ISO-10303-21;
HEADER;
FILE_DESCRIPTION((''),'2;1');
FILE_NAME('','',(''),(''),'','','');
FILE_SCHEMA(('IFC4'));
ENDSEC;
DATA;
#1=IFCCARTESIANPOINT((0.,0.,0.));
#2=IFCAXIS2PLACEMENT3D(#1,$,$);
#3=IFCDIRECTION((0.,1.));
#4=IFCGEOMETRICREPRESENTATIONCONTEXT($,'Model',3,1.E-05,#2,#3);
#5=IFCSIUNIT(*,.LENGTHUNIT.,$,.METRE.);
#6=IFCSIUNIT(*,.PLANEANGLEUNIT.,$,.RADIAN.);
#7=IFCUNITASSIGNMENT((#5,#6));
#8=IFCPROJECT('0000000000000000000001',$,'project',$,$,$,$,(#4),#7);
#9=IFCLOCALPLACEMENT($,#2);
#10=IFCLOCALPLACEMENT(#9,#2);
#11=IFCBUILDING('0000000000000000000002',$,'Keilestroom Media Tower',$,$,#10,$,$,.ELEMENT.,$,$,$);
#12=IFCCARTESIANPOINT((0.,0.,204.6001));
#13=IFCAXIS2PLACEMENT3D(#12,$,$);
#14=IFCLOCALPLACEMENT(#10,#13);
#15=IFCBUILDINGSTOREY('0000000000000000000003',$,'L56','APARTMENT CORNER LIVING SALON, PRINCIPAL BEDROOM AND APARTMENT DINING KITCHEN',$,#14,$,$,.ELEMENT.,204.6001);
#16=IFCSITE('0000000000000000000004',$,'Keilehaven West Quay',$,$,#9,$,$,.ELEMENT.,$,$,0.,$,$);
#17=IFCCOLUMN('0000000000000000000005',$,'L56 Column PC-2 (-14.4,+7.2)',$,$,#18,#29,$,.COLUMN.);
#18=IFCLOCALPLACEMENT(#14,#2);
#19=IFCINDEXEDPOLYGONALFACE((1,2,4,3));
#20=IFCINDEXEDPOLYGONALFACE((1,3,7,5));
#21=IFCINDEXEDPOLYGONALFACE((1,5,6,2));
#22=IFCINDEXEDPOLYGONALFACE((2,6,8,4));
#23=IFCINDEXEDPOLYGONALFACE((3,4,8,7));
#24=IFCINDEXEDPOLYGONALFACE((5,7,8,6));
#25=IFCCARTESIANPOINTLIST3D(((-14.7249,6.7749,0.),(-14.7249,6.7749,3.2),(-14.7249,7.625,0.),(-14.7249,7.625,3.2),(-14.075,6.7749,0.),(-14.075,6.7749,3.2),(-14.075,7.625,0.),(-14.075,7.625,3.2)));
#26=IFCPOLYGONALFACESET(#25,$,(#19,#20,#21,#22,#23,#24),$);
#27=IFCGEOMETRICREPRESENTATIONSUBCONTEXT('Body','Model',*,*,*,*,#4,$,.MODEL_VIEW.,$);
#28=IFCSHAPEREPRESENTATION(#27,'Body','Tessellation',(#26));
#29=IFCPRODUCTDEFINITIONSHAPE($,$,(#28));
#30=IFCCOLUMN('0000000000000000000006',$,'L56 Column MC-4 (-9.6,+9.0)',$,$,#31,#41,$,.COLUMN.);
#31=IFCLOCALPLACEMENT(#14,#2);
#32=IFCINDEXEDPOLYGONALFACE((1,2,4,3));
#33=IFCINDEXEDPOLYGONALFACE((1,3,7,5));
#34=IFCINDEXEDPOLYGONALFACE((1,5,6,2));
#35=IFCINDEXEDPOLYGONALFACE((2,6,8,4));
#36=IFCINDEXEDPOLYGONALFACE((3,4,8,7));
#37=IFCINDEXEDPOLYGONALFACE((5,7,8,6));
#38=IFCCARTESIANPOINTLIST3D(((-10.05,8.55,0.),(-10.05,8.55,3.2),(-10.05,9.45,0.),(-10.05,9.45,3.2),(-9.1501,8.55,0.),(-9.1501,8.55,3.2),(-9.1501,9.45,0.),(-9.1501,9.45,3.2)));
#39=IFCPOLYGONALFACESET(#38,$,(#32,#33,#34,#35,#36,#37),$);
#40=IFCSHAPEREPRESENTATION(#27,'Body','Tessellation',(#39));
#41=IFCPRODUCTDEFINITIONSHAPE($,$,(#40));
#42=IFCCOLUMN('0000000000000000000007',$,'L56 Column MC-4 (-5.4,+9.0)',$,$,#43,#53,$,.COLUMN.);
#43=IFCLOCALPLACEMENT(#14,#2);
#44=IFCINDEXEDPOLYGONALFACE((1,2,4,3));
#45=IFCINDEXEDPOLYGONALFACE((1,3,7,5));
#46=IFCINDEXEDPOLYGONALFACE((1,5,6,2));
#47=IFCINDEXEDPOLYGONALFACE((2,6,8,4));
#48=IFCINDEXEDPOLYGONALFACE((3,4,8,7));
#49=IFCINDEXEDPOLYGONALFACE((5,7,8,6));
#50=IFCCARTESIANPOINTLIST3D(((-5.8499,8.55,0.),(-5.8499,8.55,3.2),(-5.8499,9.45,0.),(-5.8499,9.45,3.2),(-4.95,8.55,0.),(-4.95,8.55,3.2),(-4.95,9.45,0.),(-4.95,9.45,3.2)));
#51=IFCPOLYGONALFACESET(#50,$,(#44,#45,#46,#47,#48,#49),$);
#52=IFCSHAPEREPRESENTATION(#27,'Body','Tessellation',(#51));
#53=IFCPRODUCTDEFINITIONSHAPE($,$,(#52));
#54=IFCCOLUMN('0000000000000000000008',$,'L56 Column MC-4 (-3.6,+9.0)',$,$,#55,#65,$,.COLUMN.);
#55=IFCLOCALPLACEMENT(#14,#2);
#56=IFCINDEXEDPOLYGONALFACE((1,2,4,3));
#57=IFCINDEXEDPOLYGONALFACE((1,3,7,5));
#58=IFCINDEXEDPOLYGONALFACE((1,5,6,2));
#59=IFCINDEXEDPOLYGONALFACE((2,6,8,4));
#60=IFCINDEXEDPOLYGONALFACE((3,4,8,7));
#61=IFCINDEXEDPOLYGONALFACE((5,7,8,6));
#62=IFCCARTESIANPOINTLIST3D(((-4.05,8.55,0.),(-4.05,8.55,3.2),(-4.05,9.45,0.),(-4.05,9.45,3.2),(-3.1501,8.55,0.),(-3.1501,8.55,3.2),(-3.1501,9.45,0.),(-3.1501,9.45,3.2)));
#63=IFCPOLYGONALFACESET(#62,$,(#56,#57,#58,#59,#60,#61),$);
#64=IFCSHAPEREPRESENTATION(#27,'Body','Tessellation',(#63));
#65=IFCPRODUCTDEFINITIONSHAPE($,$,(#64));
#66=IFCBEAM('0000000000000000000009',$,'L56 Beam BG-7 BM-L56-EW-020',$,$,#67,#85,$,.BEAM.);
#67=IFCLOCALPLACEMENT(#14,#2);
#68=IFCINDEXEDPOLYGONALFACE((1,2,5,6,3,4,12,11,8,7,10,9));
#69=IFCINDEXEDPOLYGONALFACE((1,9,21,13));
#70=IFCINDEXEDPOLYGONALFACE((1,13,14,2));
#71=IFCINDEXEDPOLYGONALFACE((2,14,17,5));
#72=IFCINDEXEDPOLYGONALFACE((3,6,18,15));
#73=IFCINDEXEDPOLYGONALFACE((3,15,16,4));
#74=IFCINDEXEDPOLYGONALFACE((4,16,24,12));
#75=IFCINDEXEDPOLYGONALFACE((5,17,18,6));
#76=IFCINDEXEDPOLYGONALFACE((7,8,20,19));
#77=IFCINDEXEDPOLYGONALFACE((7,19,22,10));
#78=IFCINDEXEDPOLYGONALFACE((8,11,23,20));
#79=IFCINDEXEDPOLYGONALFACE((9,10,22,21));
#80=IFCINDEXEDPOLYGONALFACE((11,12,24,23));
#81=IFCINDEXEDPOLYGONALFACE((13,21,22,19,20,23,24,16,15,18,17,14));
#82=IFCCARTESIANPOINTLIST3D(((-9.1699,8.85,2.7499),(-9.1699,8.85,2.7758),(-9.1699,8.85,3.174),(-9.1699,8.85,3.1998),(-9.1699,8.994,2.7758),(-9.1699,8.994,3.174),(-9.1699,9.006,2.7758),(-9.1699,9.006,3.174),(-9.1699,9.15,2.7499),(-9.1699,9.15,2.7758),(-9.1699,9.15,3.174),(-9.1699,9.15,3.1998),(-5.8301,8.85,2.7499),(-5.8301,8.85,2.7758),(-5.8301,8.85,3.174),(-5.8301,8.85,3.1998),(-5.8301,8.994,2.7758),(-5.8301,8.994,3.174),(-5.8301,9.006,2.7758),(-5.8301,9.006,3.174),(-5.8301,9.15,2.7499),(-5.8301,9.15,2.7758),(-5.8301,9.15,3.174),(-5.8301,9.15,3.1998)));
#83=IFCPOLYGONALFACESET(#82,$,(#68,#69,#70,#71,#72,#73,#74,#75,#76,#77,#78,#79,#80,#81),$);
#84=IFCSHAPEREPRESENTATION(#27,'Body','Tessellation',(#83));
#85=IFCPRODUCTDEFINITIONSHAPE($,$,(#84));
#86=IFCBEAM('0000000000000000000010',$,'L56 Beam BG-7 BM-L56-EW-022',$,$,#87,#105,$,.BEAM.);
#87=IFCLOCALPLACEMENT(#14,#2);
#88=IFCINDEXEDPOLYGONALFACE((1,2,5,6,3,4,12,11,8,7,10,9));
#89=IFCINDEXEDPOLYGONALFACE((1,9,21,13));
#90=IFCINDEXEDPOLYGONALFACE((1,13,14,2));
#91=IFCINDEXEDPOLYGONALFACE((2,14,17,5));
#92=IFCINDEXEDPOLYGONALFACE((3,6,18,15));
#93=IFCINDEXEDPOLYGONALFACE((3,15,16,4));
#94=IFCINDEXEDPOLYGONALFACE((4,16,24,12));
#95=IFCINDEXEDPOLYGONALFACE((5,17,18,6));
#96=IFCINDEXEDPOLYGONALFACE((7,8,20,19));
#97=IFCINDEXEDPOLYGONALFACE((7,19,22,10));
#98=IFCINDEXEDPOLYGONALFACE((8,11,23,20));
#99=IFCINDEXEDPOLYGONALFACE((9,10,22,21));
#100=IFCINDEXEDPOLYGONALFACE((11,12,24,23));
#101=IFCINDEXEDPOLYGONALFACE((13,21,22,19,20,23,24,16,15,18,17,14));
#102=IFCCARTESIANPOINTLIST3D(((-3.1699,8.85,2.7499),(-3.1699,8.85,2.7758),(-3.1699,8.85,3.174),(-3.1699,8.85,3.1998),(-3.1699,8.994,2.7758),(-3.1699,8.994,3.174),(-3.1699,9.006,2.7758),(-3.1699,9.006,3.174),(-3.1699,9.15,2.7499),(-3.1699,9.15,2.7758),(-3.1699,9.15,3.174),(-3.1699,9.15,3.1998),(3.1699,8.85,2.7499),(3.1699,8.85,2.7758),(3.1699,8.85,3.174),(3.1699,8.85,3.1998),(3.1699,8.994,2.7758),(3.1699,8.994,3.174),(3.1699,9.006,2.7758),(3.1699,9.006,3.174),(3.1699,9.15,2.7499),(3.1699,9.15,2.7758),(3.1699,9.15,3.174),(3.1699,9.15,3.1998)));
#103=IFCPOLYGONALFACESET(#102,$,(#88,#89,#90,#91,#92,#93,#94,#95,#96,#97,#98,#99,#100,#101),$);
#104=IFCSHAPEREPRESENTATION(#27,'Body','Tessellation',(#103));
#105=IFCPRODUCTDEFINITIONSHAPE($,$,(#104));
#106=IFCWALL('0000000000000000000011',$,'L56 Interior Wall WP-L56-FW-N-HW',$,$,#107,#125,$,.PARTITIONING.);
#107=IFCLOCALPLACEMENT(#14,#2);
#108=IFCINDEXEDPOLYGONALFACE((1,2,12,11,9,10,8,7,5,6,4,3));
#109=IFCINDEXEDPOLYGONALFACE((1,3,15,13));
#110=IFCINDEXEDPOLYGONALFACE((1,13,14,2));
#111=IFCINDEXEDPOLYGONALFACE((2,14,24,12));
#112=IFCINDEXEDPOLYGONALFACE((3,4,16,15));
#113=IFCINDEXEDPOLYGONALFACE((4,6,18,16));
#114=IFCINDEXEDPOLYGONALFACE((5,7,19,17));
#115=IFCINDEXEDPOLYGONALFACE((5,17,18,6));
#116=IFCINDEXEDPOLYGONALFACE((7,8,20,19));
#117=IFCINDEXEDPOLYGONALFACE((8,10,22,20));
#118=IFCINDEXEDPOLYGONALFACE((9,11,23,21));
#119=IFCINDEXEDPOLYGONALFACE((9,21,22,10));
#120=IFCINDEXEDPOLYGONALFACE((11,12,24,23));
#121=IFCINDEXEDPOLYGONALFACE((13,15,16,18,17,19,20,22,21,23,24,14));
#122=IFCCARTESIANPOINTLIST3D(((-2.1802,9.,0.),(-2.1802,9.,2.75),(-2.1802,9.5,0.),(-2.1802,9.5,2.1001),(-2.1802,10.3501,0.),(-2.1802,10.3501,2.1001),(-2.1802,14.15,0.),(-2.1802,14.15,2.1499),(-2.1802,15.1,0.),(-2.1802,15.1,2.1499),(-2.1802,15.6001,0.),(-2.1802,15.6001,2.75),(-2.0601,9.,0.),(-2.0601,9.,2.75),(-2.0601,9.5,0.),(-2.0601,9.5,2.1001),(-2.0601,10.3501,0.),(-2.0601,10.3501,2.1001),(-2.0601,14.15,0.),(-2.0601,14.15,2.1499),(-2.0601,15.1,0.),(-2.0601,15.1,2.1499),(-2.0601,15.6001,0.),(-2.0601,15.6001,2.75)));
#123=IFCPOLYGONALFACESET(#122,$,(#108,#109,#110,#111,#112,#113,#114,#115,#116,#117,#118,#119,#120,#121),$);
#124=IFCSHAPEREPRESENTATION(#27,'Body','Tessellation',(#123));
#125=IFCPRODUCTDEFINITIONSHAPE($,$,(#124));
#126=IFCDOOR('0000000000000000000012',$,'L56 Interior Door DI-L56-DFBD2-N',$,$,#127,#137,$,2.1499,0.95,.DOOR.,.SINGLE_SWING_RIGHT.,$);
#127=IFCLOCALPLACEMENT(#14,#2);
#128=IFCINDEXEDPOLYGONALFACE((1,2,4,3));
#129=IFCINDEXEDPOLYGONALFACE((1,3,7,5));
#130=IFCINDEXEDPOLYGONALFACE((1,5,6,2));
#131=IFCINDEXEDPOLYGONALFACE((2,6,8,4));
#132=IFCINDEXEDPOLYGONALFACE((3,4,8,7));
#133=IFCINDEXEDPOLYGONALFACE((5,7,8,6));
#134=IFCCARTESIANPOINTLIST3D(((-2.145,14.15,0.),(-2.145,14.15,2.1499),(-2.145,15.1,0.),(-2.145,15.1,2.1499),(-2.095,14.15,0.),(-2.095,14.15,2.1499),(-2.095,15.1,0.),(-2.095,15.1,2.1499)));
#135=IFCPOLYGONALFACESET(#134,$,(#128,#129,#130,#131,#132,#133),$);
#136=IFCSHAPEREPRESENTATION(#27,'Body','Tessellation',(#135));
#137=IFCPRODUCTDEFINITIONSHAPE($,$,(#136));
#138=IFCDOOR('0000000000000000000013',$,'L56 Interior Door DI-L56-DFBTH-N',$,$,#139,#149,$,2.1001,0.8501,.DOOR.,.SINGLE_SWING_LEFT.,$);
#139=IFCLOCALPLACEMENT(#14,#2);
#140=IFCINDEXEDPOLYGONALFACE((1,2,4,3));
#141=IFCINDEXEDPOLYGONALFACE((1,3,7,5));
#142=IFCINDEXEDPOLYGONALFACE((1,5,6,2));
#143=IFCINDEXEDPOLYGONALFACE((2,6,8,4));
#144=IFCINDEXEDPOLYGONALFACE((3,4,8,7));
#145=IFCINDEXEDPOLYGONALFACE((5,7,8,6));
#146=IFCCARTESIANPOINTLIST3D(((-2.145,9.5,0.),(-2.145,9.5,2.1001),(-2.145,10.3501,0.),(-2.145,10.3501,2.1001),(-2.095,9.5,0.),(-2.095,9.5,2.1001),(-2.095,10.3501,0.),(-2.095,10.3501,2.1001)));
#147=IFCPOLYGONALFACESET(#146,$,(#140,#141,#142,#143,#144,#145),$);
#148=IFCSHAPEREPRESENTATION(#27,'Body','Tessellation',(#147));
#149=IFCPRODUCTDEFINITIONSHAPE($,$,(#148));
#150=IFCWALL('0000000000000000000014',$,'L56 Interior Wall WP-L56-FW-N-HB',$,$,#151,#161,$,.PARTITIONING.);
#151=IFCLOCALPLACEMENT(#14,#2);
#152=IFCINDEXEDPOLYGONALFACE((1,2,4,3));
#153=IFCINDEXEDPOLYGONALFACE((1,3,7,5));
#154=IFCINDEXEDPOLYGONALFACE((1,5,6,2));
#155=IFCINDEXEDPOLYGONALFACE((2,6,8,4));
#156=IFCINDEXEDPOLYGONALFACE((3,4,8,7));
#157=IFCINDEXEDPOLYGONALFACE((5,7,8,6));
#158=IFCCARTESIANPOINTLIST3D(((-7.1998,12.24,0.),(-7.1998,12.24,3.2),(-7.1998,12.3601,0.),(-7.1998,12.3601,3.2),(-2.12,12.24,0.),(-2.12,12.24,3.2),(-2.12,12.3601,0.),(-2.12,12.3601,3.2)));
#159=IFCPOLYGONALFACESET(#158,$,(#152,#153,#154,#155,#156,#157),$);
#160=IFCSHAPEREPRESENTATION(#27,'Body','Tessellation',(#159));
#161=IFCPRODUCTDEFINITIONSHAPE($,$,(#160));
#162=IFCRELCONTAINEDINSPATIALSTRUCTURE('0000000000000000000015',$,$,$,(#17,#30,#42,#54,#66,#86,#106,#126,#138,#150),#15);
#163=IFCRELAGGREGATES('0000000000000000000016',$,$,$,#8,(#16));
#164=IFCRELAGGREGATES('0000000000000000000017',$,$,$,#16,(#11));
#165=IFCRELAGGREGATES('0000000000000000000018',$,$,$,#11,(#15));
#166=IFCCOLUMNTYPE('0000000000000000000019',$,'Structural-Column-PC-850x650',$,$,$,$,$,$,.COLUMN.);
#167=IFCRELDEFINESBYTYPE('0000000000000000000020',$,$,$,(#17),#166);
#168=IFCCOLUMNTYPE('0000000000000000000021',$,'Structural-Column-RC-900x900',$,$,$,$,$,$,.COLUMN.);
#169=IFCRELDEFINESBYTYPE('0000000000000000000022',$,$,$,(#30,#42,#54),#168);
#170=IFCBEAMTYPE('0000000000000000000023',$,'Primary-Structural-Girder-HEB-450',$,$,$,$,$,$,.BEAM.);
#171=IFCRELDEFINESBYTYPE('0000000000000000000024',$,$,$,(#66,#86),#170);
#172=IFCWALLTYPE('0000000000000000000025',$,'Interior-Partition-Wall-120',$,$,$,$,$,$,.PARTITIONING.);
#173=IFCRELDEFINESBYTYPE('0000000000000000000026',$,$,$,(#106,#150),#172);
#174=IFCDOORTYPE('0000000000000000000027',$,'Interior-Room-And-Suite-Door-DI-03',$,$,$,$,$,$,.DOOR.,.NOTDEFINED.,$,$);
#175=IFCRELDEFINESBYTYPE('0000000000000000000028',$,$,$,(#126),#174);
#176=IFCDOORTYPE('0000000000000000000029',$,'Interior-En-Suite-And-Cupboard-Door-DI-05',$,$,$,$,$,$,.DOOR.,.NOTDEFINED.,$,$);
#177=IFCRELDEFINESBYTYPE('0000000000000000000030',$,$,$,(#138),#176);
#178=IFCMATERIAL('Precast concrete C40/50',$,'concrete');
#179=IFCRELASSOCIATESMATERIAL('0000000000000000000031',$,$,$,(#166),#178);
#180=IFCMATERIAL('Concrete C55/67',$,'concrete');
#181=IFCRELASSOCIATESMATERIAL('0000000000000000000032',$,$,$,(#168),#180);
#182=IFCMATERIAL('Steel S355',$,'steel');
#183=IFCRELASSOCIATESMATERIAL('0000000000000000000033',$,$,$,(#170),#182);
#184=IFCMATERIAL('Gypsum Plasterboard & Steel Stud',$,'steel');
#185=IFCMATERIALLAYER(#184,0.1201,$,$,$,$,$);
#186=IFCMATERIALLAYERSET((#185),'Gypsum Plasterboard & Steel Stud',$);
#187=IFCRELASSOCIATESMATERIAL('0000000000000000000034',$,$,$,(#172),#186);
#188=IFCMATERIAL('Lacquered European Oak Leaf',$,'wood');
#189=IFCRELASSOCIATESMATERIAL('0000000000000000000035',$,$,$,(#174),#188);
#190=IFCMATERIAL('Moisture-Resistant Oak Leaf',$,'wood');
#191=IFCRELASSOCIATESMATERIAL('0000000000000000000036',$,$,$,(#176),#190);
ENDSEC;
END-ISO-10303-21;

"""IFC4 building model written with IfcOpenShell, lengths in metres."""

from ifc_helpers import new_model, si_unit, direction, frame, frame_2d, origin, origin_2d, place, context, subcontext, project, spatial, rectangle, i_section, extrude, source, transform, mapped, material, layer, layer_set, material_profile, profile_set, type_object, element, fill, save


model = new_model("IFC4")

# Units and contexts
model_context = context("Model", 3, precision=1e-05, world=origin(), true_north=direction((0.0, 1.0)))
body_context = subcontext(model_context, "Body", "Model", "MODEL_VIEW")
ifc_project = project(units=[si_unit("LENGTHUNIT", "METRE"), si_unit("PLANEANGLEUNIT", "RADIAN")], contexts=[model_context])

# Site, building, storey
site_placement = place(None, origin())
site = spatial("IfcSite", under=ifc_project, at=site_placement, Name="Keilehaven West Quay", CompositionType="ELEMENT", RefElevation=0.0)
building_placement = place(site_placement, origin())
building = spatial("IfcBuilding", under=site, at=building_placement, Name="Keilestroom Media Tower", CompositionType="ELEMENT")
storey_placement = place(building_placement, frame((0.0, 0.0, 204.6001)))
storey = spatial("IfcBuildingStorey", under=building, at=storey_placement, Name="L56", Description="APARTMENT CORNER LIVING SALON, PRINCIPAL BEDROOM AND APARTMENT DINING KITCHEN", CompositionType="ELEMENT", Elevation=204.6001)

# Columns
ifc_material_1 = material(Name="Precast concrete C40/50", Category="concrete")
ifc_material_profile_1 = material_profile(ifc_material_1, rectangle(XDim=0.6499, YDim=0.8501, at=origin_2d()), Name="PC 850x650")
ifc_profile_set_1 = profile_set([ifc_material_profile_1], Name="Precast concrete C40/50")
column_type_1 = type_object("IfcColumnType", Name="Structural-Column-PC-850x650", PredefinedType="COLUMN", material=ifc_profile_set_1)
shared_shape_1 = source(origin(), body_context, "Body", "SweptSolid", [
    extrude(rectangle(XDim=0.6499, YDim=0.8501, at=origin_2d()), origin(), (0.0, 0.0, 1.0), 3.2),
])
column_placement = place(storey_placement, frame((-14.3999, 7.2, 0.0), z_axis=(0.0, 0.0, 1.0), x_axis=(1.0, 0.0, 0.0)))
element("IfcColumn", 1, at=column_placement, inside=storey, type_object=column_type_1, Name="L56 Column PC-2 (-14.4,+7.2)", PredefinedType="COLUMN", context=body_context, shape_type="MappedRepresentation", body=[
    mapped(shared_shape_1, transform((0.0, 0.0, 0.0), x_axis=(1.0, 0.0, 0.0), y_axis=(0.0, 1.0, 0.0), z_axis=(0.0, 0.0, 1.0), scale=1.0)),
])
ifc_material_2 = material(Name="Concrete C55/67", Category="concrete")
ifc_material_profile_2 = material_profile(ifc_material_2, rectangle(XDim=0.8999, YDim=0.8999, at=origin_2d()), Name="RC 900x900")
ifc_profile_set_2 = profile_set([ifc_material_profile_2], Name="Concrete C55/67")
column_type_2 = type_object("IfcColumnType", Name="Structural-Column-RC-900x900", PredefinedType="COLUMN", material=ifc_profile_set_2)
shared_shape_2 = source(origin(), body_context, "Body", "SweptSolid", [
    extrude(rectangle(XDim=0.8999, YDim=0.8999, at=origin_2d()), origin(), (0.0, 0.0, 1.0), 3.2),
])
for number, where, z_axis, x_axis, name in (
    (2, (-9.6001, 9.0, 0.0), (0.0, 0.0, 1.0), (1.0, 0.0, 0.0), "L56 Column MC-4 (-9.6,+9.0)"),
    (3, (-5.3999, 9.0, 0.0), (0.0, 0.0, 1.0), (1.0, 0.0, 0.0), "L56 Column MC-4 (-5.4,+9.0)"),
    (4, (-3.6001, 9.0, 0.0), (0.0, 0.0, 1.0), (1.0, 0.0, 0.0), "L56 Column MC-4 (-3.6,+9.0)"),
):
    element("IfcColumn", number, at=place(storey_placement, frame(where, z_axis=z_axis, x_axis=x_axis)), inside=storey, type_object=column_type_2, Name=name, PredefinedType="COLUMN", context=body_context, shape_type="MappedRepresentation", body=[
        mapped(shared_shape_2, transform((0.0, 0.0, 0.0), x_axis=(1.0, 0.0, 0.0), y_axis=(0.0, 1.0, 0.0), z_axis=(0.0, 0.0, 1.0), scale=1.0)),
    ])

# Beams
ifc_material_3 = material(Name="Steel S355", Category="steel")
ifc_material_profile_3 = material_profile(ifc_material_3, i_section(OverallWidth=0.3, OverallDepth=0.45, WebThickness=0.012, FlangeThickness=0.0259, at=origin_2d()), Name="HEB 450")
ifc_profile_set_3 = profile_set([ifc_material_profile_3], Name="Steel S355")
beam_type = type_object("IfcBeamType", Name="Primary-Structural-Girder-HEB-450", PredefinedType="BEAM", material=ifc_profile_set_3)
shared_shape_3 = source(origin(), body_context, "Body", "SweptSolid", [
    extrude(i_section(OverallWidth=0.3, OverallDepth=0.45, WebThickness=0.012, FlangeThickness=0.0259, at=origin_2d()), origin(), (0.0, 0.0, 1.0), 3.3398),
])
beam_1_placement = place(storey_placement, frame((-9.1699, 9.0, 2.9749), z_axis=(1.0, 0.0, 0.0), x_axis=(0.0, 1.0, 0.0)))
element("IfcBeam", 5, at=beam_1_placement, inside=storey, type_object=beam_type, Name="L56 Beam BG-7 BM-L56-EW-020", PredefinedType="BEAM", context=body_context, shape_type="MappedRepresentation", body=[
    mapped(shared_shape_3, transform((0.0, 0.0, 0.0), x_axis=(1.0, 0.0, 0.0), y_axis=(0.0, 1.0, 0.0), z_axis=(0.0, 0.0, 1.0), scale=1.0)),
])
shared_shape_4 = source(origin(), body_context, "Body", "SweptSolid", [
    extrude(i_section(OverallWidth=0.3, OverallDepth=0.45, WebThickness=0.012, FlangeThickness=0.0259, at=origin_2d()), origin(), (0.0, 0.0, 1.0), 6.3398),
])
beam_2_placement = place(storey_placement, frame((-3.1699, 9.0, 2.9749), z_axis=(1.0, 0.0, 0.0), x_axis=(0.0, 1.0, 0.0)))
element("IfcBeam", 6, at=beam_2_placement, inside=storey, type_object=beam_type, Name="L56 Beam BG-7 BM-L56-EW-022", PredefinedType="BEAM", context=body_context, shape_type="MappedRepresentation", body=[
    mapped(shared_shape_4, transform((0.0, 0.0, 0.0), x_axis=(1.0, 0.0, 0.0), y_axis=(0.0, 1.0, 0.0), z_axis=(0.0, 0.0, 1.0), scale=1.0)),
])

# Wall, openings, doors
ifc_material_4 = material(Name="Gypsum Plasterboard & Steel Stud", Category="steel")
ifc_layer_1 = layer(ifc_material_4, 0.1201)
ifc_layer_set_1 = layer_set([ifc_layer_1], Name="Gypsum Plasterboard & Steel Stud")
wall_type_1 = type_object("IfcWallType", Name="Interior-Partition-Wall-120", PredefinedType="PARTITIONING", material=ifc_layer_set_1)
wall_1_placement = place(storey_placement, frame((-2.1201, 9.0, 0.0), z_axis=(0.0, 0.0, 1.0), x_axis=(0.0, 1.0, 0.0)))
wall_1 = element("IfcWall", 7, at=wall_1_placement, inside=storey, type_object=wall_type_1, Name="L56 Interior Wall WP-L56-FW-N-HW", PredefinedType="PARTITIONING", context=body_context, shape_type="SweptSolid", body=[
    extrude(rectangle(XDim=6.6001, YDim=0.1201, at=frame_2d((3.3, 0.0))), origin(), (0.0, 0.0, 1.0), 2.75),
])
opening_1_placement = place(wall_1_placement, frame((0.5, 0.0, 0.0)))
opening_1 = element("IfcOpeningElement", 8, at=opening_1_placement, cuts=wall_1, PredefinedType="OPENING", context=body_context, shape_type="SweptSolid", body=[
    extrude(rectangle(XDim=0.8501, YDim=2.1001, at=frame_2d((0.425, 1.05))), frame((0.0, 0.0701, 0.0), z_axis=(0.0, -1.0, 0.0), x_axis=(1.0, 0.0, 0.0)), (0.0, 0.0, 1.0), 0.1401),
])
opening_2_placement = place(wall_1_placement, frame((5.1499, 0.0, 0.0)))
opening_2 = element("IfcOpeningElement", 9, at=opening_2_placement, cuts=wall_1, PredefinedType="OPENING", context=body_context, shape_type="SweptSolid", body=[
    extrude(rectangle(XDim=0.95, YDim=2.1499, at=frame_2d((0.4751, 1.075))), frame((0.0, 0.0701, 0.0), z_axis=(0.0, -1.0, 0.0), x_axis=(1.0, 0.0, 0.0)), (0.0, 0.0, 1.0), 0.1401),
])
ifc_material_5 = material(Name="Lacquered European Oak Leaf", Category="wood")
door_type_1 = type_object("IfcDoorType", Name="Interior-Room-And-Suite-Door-DI-03", OperationType="NOTDEFINED", PredefinedType="DOOR", material=ifc_material_5)
shared_shape_5 = source(origin(), body_context, "Body", "SweptSolid", [
    extrude(rectangle(XDim=0.95, YDim=2.1499, at=frame_2d((0.4751, 1.075))), frame((0.0, 0.0249, 0.0), z_axis=(0.0, -1.0, 0.0), x_axis=(1.0, 0.0, 0.0)), (0.0, 0.0, 1.0), 0.05),
])
door_1_placement = place(opening_2_placement, origin())
door_1 = element("IfcDoor", 10, at=door_1_placement, inside=storey, type_object=door_type_1, Name="L56 Interior Door DI-L56-DFBD2-N", OperationType="SINGLE_SWING_RIGHT", OverallHeight=2.1499, OverallWidth=0.95, PredefinedType="DOOR", context=body_context, shape_type="MappedRepresentation", body=[
    mapped(shared_shape_5, transform((0.0, 0.0, 0.0), x_axis=(1.0, 0.0, 0.0), y_axis=(0.0, 1.0, 0.0), z_axis=(0.0, 0.0, 1.0), scale=1.0)),
])
fill(opening_2, door_1)
ifc_material_6 = material(Name="Moisture-Resistant Oak Leaf", Category="wood")
door_type_2 = type_object("IfcDoorType", Name="Interior-En-Suite-And-Cupboard-Door-DI-05", OperationType="NOTDEFINED", PredefinedType="DOOR", material=ifc_material_6)
shared_shape_6 = source(origin(), body_context, "Body", "SweptSolid", [
    extrude(rectangle(XDim=0.8501, YDim=2.1001, at=frame_2d((0.425, 1.05))), frame((0.0, 0.0249, 0.0), z_axis=(0.0, -1.0, 0.0), x_axis=(1.0, 0.0, 0.0)), (0.0, 0.0, 1.0), 0.05),
])
door_2_placement = place(opening_1_placement, origin())
door_2 = element("IfcDoor", 11, at=door_2_placement, inside=storey, type_object=door_type_2, Name="L56 Interior Door DI-L56-DFBTH-N", OperationType="SINGLE_SWING_LEFT", OverallHeight=2.1001, OverallWidth=0.8501, PredefinedType="DOOR", context=body_context, shape_type="MappedRepresentation", body=[
    mapped(shared_shape_6, transform((0.0, 0.0, 0.0), x_axis=(1.0, 0.0, 0.0), y_axis=(0.0, 1.0, 0.0), z_axis=(0.0, 0.0, 1.0), scale=1.0)),
])
fill(opening_1, door_2)

# Wall
wall_2_placement = place(storey_placement, frame((-7.2, 12.3, 0.0), z_axis=(0.0, 0.0, 1.0), x_axis=(1.0, 0.0, 0.0)))
element("IfcWall", 12, at=wall_2_placement, inside=storey, type_object=wall_type_1, Name="L56 Interior Wall WP-L56-FW-N-HB", PredefinedType="PARTITIONING", context=body_context, shape_type="SweptSolid", body=[
    extrude(rectangle(XDim=5.0798, YDim=0.1201, at=frame_2d((2.54, 0.0))), origin(), (0.0, 0.0, 1.0), 3.2),
])

save(model, "model.ifc")
